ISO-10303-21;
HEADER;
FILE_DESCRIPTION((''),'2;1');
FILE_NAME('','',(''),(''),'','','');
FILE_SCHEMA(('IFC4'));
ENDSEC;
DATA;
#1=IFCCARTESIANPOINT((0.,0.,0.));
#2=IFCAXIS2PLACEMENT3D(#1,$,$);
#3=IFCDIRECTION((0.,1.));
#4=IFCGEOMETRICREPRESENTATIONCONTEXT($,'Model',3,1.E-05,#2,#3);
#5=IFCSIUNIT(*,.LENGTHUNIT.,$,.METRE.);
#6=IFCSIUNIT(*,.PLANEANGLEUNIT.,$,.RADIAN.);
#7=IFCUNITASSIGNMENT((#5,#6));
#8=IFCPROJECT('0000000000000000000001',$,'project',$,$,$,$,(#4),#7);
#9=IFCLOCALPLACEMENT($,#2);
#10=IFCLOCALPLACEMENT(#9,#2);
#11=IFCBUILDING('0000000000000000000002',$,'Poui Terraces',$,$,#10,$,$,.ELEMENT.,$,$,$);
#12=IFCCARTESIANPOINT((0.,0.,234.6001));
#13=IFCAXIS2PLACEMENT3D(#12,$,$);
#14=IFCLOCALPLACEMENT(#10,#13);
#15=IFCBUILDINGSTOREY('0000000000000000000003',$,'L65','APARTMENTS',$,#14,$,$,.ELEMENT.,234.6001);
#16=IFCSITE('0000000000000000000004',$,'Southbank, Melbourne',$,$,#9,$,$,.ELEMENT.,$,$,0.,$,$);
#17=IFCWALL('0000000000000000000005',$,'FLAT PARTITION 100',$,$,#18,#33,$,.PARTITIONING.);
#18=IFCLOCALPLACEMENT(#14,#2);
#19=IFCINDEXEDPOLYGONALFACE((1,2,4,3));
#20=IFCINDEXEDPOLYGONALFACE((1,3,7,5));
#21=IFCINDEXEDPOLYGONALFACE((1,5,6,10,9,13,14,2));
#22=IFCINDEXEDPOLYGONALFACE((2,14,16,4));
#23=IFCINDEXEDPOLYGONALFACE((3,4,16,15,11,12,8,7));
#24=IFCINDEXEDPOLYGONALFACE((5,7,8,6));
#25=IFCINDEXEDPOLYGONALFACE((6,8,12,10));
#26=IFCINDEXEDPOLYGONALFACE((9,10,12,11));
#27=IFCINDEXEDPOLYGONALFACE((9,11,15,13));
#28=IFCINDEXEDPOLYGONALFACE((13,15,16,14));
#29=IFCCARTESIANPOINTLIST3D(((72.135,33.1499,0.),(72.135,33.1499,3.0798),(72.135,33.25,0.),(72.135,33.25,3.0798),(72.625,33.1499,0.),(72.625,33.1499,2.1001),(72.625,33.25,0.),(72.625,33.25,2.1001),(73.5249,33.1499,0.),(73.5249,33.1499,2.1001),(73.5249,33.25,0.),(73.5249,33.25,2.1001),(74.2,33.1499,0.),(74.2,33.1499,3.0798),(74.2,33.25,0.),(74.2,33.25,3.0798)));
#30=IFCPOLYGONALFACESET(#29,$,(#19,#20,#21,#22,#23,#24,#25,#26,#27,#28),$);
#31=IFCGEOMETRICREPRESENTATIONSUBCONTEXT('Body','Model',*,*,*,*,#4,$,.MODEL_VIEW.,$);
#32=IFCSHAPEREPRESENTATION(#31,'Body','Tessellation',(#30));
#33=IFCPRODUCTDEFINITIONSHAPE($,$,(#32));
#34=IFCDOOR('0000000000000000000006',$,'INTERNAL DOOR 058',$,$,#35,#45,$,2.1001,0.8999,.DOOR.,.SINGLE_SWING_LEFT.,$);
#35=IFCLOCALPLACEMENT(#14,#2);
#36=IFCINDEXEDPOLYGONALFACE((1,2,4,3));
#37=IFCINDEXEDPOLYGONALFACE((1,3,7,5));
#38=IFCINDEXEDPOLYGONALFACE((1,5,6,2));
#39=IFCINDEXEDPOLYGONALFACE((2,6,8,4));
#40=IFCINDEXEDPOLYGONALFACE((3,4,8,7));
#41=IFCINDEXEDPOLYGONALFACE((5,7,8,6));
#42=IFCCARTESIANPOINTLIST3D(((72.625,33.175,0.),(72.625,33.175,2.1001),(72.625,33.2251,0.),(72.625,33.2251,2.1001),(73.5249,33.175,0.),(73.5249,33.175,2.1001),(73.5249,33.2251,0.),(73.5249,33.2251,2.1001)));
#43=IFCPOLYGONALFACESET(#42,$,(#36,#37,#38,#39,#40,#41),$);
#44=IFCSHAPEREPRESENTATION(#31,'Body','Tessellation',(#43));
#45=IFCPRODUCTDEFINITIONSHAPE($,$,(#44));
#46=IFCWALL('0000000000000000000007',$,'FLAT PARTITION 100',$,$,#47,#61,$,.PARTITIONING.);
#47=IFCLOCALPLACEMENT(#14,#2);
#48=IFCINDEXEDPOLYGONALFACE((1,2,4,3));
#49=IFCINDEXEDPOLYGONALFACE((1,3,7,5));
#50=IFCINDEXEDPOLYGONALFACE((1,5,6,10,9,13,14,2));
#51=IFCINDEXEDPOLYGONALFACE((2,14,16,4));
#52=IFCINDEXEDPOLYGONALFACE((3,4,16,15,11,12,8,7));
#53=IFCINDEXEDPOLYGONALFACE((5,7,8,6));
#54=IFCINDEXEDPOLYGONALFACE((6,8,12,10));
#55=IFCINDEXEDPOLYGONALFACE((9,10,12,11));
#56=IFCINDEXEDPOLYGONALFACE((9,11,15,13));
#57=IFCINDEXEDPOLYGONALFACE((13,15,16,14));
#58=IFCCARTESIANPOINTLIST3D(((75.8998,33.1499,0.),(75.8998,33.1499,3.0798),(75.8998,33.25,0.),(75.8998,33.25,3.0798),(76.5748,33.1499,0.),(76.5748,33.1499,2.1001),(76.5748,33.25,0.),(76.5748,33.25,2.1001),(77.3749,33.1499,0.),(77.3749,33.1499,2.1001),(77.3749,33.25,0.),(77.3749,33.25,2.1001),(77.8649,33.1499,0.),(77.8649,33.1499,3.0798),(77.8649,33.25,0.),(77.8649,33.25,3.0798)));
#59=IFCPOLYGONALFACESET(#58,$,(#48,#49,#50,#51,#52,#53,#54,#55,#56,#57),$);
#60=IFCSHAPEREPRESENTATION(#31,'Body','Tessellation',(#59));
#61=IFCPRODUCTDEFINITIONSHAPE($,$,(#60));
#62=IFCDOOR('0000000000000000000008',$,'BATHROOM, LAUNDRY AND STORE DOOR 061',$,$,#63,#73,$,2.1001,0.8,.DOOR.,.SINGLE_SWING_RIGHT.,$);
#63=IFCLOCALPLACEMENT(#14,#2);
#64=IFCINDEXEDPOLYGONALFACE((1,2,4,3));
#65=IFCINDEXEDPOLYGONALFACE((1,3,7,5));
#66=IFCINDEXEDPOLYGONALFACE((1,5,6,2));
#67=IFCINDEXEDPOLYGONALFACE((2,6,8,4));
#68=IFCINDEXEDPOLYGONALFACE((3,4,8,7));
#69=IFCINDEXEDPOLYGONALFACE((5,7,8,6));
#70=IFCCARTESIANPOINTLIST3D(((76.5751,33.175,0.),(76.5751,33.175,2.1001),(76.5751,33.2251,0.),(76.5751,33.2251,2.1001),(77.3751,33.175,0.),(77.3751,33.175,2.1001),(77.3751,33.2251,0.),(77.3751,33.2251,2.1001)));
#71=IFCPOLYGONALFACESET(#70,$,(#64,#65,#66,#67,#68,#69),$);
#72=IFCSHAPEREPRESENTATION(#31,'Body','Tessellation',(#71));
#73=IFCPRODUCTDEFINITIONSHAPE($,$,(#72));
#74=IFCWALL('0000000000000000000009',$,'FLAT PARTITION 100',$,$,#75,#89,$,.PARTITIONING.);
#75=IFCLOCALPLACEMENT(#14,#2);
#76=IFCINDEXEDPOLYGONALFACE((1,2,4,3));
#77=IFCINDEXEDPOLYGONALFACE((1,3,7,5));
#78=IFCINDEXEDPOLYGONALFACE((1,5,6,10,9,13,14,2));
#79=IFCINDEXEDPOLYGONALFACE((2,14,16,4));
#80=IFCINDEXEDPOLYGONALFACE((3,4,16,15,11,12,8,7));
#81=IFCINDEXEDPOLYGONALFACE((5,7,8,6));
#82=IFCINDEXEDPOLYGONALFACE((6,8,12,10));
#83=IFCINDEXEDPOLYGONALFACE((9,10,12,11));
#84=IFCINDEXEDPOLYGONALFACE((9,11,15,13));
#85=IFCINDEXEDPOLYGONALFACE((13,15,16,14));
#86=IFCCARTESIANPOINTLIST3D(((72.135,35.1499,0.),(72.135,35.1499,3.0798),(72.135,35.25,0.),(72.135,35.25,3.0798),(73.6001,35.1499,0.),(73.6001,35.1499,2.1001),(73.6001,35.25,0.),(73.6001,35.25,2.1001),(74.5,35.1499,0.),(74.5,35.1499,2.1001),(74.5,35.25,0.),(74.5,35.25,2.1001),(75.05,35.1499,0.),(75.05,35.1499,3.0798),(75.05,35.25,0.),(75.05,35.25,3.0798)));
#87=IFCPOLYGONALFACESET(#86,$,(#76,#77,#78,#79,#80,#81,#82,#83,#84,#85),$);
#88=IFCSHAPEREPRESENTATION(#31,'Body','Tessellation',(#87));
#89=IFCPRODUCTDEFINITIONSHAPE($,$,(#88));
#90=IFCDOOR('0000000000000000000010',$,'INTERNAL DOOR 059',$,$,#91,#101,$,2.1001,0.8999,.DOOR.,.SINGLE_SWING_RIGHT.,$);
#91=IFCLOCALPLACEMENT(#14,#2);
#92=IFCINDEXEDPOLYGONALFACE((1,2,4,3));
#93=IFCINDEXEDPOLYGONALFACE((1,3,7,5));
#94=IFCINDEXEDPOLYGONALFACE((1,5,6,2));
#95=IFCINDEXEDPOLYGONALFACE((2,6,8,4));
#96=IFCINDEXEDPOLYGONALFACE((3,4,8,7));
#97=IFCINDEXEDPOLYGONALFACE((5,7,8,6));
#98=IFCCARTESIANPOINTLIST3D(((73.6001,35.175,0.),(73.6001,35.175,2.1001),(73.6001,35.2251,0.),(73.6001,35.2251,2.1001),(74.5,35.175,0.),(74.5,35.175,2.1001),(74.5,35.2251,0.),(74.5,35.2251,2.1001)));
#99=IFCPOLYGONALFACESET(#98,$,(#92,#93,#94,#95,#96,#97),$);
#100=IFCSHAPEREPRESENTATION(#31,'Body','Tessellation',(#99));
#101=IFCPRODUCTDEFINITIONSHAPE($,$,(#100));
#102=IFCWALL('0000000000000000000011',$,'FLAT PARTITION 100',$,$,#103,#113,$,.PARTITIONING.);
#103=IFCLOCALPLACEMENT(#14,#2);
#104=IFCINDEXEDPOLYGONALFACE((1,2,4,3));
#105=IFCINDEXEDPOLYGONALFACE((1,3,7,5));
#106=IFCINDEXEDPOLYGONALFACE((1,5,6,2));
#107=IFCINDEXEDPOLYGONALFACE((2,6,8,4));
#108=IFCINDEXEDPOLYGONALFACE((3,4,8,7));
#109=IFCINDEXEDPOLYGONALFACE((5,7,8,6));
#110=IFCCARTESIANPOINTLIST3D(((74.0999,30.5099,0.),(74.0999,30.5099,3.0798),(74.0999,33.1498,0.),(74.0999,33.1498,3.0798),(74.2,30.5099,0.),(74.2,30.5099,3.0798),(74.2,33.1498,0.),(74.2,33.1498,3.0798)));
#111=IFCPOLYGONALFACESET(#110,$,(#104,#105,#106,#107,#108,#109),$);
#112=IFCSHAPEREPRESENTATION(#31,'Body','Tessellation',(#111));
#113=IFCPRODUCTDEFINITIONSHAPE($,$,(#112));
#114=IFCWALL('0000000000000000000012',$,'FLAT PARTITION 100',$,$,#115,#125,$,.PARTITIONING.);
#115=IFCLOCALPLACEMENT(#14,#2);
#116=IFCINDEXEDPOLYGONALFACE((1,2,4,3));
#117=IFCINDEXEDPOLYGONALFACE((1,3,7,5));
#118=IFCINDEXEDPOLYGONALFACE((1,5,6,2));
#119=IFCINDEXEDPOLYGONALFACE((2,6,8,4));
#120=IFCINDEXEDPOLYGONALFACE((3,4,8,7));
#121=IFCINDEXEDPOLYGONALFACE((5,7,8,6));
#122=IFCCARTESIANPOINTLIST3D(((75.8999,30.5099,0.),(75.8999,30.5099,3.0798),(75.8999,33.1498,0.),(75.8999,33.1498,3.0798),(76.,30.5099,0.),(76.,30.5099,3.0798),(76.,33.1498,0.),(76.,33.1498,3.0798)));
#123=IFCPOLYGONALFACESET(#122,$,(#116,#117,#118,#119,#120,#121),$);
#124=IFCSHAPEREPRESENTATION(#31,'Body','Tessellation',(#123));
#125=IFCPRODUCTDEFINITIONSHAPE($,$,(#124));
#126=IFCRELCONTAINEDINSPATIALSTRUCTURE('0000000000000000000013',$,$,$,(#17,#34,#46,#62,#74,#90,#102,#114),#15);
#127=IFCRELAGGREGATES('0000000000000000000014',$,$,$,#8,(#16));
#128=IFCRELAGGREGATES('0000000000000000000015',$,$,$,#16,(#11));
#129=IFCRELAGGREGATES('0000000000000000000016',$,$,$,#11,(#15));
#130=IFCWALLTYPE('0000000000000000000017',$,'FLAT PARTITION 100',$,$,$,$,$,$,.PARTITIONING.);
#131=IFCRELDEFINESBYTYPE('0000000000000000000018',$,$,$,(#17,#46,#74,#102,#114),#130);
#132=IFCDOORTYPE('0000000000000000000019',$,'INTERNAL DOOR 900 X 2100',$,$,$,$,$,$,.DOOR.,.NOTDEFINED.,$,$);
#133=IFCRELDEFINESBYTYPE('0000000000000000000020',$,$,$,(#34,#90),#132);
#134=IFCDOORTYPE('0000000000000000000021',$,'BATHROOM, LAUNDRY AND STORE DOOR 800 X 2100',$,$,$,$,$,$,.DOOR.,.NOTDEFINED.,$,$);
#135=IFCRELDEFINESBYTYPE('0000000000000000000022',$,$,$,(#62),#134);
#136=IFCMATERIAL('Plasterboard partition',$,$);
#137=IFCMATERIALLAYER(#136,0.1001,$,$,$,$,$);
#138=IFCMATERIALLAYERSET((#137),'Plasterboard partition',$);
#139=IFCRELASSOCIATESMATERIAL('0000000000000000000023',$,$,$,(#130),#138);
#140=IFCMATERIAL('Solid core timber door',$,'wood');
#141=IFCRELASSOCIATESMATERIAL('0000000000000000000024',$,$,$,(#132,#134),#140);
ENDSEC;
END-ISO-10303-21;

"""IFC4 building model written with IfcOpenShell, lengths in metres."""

from ifc_helpers import new_model, si_unit, direction, frame, frame_2d, origin, place, context, subcontext, project, spatial, rectangle, extrude, material, layer, layer_set, type_object, element, fill, save


model = new_model("IFC4")

# Units and contexts
model_context = context("Model", 3, precision=1e-05, world=origin(), true_north=direction((0.0, 1.0)))
body_context = subcontext(model_context, "Body", "Model", "MODEL_VIEW")
ifc_project = project(units=[si_unit("LENGTHUNIT", "METRE"), si_unit("PLANEANGLEUNIT", "RADIAN")], contexts=[model_context])

# Site, building, storey
site_placement = place(None, origin())
site = spatial("IfcSite", under=ifc_project, at=site_placement, Name="Southbank, Melbourne", CompositionType="ELEMENT", RefElevation=0.0)
building_placement = place(site_placement, origin())
building = spatial("IfcBuilding", under=site, at=building_placement, Name="Poui Terraces", CompositionType="ELEMENT")
storey_placement = place(building_placement, frame((0.0, 0.0, 234.6001)))
storey = spatial("IfcBuildingStorey", under=building, at=storey_placement, Name="L65", Description="APARTMENTS", CompositionType="ELEMENT", Elevation=234.6001)

# Walls, openings, doors
ifc_material_1 = material(Name="Plasterboard partition")
ifc_layer = layer(ifc_material_1, 0.1001)
ifc_layer_set = layer_set([ifc_layer], Name="Plasterboard partition")
wall_type = type_object("IfcWallType", Name="FLAT PARTITION 100", PredefinedType="PARTITIONING", material=ifc_layer_set)
wall_1_placement = place(storey_placement, frame((72.135, 33.2, 0.0), z_axis=(0.0, 0.0, 1.0), x_axis=(1.0, 0.0, 0.0)))
wall_1 = element("IfcWall", 1, at=wall_1_placement, inside=storey, type_object=wall_type, Name="FLAT PARTITION 100", PredefinedType="PARTITIONING", context=body_context, shape_type="SweptSolid", body=[
    extrude(rectangle(XDim=2.0649, YDim=0.1001, at=frame_2d((1.0325, 0.0))), origin(), (0.0, 0.0, 1.0), 3.0798),
])
opening_1_placement = place(wall_1_placement, frame((0.49, 0.0, 0.0)))
opening_1 = element("IfcOpeningElement", 2, at=opening_1_placement, cuts=wall_1, PredefinedType="OPENING", context=body_context, shape_type="SweptSolid", body=[
    extrude(rectangle(XDim=0.8999, YDim=2.1001, at=frame_2d((0.45, 1.05))), frame((0.0, 0.0601, 0.0), z_axis=(0.0, -1.0, 0.0), x_axis=(1.0, 0.0, 0.0)), (0.0, 0.0, 1.0), 0.1201),
])
ifc_material_2 = material(Name="Solid core timber door", Category="wood")
door_type_1 = type_object("IfcDoorType", Name="INTERNAL DOOR 900 X 2100", OperationType="NOTDEFINED", PredefinedType="DOOR", material=ifc_material_2)
door_1_placement = place(opening_1_placement, frame((0.8999, 0.0, 0.0), z_axis=(0.0, 0.0, 1.0), x_axis=(-1.0, 0.0, 0.0)))
door_1 = element("IfcDoor", 3, at=door_1_placement, inside=storey, type_object=door_type_1, Name="INTERNAL DOOR 058", OperationType="SINGLE_SWING_LEFT", OverallHeight=2.1001, OverallWidth=0.8999, PredefinedType="DOOR", context=body_context, shape_type="SweptSolid", body=[
    extrude(rectangle(XDim=0.8999, YDim=2.1001, at=frame_2d((0.45, 1.05))), frame((0.0, 0.0249, 0.0), z_axis=(0.0, -1.0, 0.0), x_axis=(1.0, 0.0, 0.0)), (0.0, 0.0, 1.0), 0.05),
])
fill(opening_1, door_1)
wall_2_placement = place(storey_placement, frame((75.8999, 33.2, 0.0), z_axis=(0.0, 0.0, 1.0), x_axis=(1.0, 0.0, 0.0)))
wall_2 = element("IfcWall", 4, at=wall_2_placement, inside=storey, type_object=wall_type, Name="FLAT PARTITION 100", PredefinedType="PARTITIONING", context=body_context, shape_type="SweptSolid", body=[
    extrude(rectangle(XDim=1.9651, YDim=0.1001, at=frame_2d((0.9824, 0.0))), origin(), (0.0, 0.0, 1.0), 3.0798),
])
opening_2_placement = place(wall_2_placement, frame((0.675, 0.0, 0.0)))
opening_2 = element("IfcOpeningElement", 5, at=opening_2_placement, cuts=wall_2, PredefinedType="OPENING", context=body_context, shape_type="SweptSolid", body=[
    extrude(rectangle(XDim=0.8, YDim=2.1001, at=frame_2d((0.3999, 1.05))), frame((0.0, 0.0601, 0.0), z_axis=(0.0, -1.0, 0.0), x_axis=(1.0, 0.0, 0.0)), (0.0, 0.0, 1.0), 0.1201),
])
door_type_2 = type_object("IfcDoorType", Name="BATHROOM, LAUNDRY AND STORE DOOR 800 X 2100", OperationType="NOTDEFINED", PredefinedType="DOOR", material=ifc_material_2)
door_2_placement = place(opening_2_placement, frame((0.8, 0.0, 0.0), z_axis=(0.0, 0.0, 1.0), x_axis=(-1.0, 0.0, 0.0)))
door_2 = element("IfcDoor", 6, at=door_2_placement, inside=storey, type_object=door_type_2, Name="BATHROOM, LAUNDRY AND STORE DOOR 061", OperationType="SINGLE_SWING_RIGHT", OverallHeight=2.1001, OverallWidth=0.8, PredefinedType="DOOR", context=body_context, shape_type="SweptSolid", body=[
    extrude(rectangle(XDim=0.8, YDim=2.1001, at=frame_2d((0.3999, 1.05))), frame((0.0, 0.0249, 0.0), z_axis=(0.0, -1.0, 0.0), x_axis=(1.0, 0.0, 0.0)), (0.0, 0.0, 1.0), 0.05),
])
fill(opening_2, door_2)
wall_3_placement = place(storey_placement, frame((72.135, 35.2, 0.0), z_axis=(0.0, 0.0, 1.0), x_axis=(1.0, 0.0, 0.0)))
wall_3 = element("IfcWall", 7, at=wall_3_placement, inside=storey, type_object=wall_type, Name="FLAT PARTITION 100", PredefinedType="PARTITIONING", context=body_context, shape_type="SweptSolid", body=[
    extrude(rectangle(XDim=2.915, YDim=0.1001, at=frame_2d((1.4575, 0.0))), origin(), (0.0, 0.0, 1.0), 3.0798),
])
opening_3_placement = place(wall_3_placement, frame((1.4651, 0.0, 0.0)))
opening_3 = element("IfcOpeningElement", 8, at=opening_3_placement, cuts=wall_3, PredefinedType="OPENING", context=body_context, shape_type="SweptSolid", body=[
    extrude(rectangle(XDim=0.8999, YDim=2.1001, at=frame_2d((0.45, 1.05))), frame((0.0, 0.0601, 0.0), z_axis=(0.0, -1.0, 0.0), x_axis=(1.0, 0.0, 0.0)), (0.0, 0.0, 1.0), 0.1201),
])
door_3_placement = place(opening_3_placement, frame((0.8999, 0.0, 0.0), z_axis=(0.0, 0.0, 1.0), x_axis=(-1.0, 0.0, 0.0)))
door_3 = element("IfcDoor", 9, at=door_3_placement, inside=storey, type_object=door_type_1, Name="INTERNAL DOOR 059", OperationType="SINGLE_SWING_RIGHT", OverallHeight=2.1001, OverallWidth=0.8999, PredefinedType="DOOR", context=body_context, shape_type="SweptSolid", body=[
    extrude(rectangle(XDim=0.8999, YDim=2.1001, at=frame_2d((0.45, 1.05))), frame((0.0, 0.0249, 0.0), z_axis=(0.0, -1.0, 0.0), x_axis=(1.0, 0.0, 0.0)), (0.0, 0.0, 1.0), 0.05),
])
fill(opening_3, door_3)

# Walls
for number, where, z_axis, x_axis, name in (
    (10, (74.1499, 30.51, 0.0), (0.0, 0.0, 1.0), (0.0, 1.0, 0.0), "FLAT PARTITION 100"),
    (11, (75.95, 30.51, 0.0), (0.0, 0.0, 1.0), (0.0, 1.0, 0.0), "FLAT PARTITION 100"),
):
    element("IfcWall", number, at=place(storey_placement, frame(where, z_axis=z_axis, x_axis=x_axis)), inside=storey, type_object=wall_type, Name=name, PredefinedType="PARTITIONING", context=body_context, shape_type="SweptSolid", body=[
        extrude(rectangle(XDim=2.6399, YDim=0.1001, at=frame_2d((1.3198, 0.0))), origin(), (0.0, 0.0, 1.0), 3.0798),
    ])

save(model, "model.ifc")
